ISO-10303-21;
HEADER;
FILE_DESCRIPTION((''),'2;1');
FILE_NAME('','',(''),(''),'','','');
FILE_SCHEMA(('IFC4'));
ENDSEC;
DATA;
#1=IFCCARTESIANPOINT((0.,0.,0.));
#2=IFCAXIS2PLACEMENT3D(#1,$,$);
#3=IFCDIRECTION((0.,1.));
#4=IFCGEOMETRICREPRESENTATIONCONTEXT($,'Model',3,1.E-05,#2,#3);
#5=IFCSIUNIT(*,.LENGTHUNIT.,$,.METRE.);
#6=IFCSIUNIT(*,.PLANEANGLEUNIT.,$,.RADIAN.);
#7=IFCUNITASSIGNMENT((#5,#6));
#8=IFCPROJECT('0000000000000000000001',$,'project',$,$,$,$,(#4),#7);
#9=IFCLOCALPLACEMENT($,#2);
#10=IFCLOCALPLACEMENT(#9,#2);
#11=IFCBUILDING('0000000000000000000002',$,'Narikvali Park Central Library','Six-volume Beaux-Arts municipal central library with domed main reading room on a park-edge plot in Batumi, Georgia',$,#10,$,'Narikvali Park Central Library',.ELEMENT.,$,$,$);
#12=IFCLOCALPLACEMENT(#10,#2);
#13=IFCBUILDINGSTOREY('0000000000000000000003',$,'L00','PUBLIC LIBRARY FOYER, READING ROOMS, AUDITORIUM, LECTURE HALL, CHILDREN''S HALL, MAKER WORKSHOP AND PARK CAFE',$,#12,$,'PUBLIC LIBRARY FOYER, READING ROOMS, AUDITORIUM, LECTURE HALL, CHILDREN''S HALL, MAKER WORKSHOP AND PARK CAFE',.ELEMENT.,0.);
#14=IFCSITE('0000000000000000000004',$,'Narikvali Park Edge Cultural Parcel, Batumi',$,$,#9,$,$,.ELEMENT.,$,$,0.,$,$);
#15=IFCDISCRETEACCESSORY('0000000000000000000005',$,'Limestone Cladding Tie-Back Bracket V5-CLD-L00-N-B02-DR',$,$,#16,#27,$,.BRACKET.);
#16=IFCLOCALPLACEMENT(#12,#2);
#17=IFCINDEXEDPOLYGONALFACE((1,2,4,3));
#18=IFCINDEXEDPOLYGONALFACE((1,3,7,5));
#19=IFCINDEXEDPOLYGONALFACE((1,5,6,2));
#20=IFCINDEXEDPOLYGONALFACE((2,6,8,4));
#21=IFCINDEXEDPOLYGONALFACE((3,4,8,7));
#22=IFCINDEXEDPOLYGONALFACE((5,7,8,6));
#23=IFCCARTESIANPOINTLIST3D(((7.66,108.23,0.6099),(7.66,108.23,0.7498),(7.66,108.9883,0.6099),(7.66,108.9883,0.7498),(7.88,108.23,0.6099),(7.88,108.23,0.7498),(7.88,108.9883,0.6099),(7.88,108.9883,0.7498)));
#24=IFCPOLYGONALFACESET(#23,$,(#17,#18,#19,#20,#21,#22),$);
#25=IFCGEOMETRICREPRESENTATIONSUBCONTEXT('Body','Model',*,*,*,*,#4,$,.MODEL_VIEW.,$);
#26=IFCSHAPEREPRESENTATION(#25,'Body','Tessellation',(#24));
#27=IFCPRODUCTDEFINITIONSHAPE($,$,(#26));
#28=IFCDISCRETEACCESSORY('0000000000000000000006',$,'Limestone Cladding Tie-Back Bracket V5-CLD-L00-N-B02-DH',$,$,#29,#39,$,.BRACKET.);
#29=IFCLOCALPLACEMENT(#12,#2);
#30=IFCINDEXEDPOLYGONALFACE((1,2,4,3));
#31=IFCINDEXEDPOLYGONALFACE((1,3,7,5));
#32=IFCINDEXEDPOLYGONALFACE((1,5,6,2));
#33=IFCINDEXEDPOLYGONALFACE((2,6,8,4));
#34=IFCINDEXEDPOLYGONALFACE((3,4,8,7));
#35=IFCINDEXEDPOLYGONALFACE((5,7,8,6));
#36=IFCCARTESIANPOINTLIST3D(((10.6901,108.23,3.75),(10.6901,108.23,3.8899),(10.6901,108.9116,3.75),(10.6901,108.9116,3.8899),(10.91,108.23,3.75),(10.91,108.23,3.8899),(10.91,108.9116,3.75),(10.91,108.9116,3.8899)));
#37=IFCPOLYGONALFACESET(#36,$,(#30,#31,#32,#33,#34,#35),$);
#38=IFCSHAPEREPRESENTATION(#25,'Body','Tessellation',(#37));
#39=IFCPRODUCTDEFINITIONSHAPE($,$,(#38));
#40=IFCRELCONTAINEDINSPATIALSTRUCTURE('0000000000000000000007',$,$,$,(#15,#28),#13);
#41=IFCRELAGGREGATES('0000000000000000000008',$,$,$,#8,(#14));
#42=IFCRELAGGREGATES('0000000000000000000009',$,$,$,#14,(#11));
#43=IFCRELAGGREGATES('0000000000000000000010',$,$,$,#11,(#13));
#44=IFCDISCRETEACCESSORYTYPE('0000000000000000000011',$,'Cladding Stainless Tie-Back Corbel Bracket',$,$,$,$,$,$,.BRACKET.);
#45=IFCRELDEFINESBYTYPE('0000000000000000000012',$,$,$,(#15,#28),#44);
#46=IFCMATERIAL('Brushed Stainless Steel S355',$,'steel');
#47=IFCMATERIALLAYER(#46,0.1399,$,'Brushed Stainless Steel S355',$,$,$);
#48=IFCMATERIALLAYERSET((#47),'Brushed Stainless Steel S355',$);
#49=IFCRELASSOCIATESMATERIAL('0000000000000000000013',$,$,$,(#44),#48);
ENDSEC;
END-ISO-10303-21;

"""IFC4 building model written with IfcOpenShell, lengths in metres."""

from ifc_helpers import new_model, si_unit, direction, frame, origin, origin_2d, place, context, subcontext, project, spatial, rectangle, extrude, material, layer, layer_set, type_object, element, save


model = new_model("IFC4")

# Units and contexts
model_context = context("Model", 3, precision=1e-05, world=origin(), true_north=direction((0.0, 1.0)))
body_context = subcontext(model_context, "Body", "Model", "MODEL_VIEW")
ifc_project = project(units=[si_unit("LENGTHUNIT", "METRE"), si_unit("PLANEANGLEUNIT", "RADIAN")], contexts=[model_context])

# Site, building, storey
site_placement = place(None, origin())
site = spatial("IfcSite", under=ifc_project, at=site_placement, Name="Narikvali Park Edge Cultural Parcel, Batumi", CompositionType="ELEMENT", RefElevation=0.0)
building_placement = place(site_placement, origin())
building = spatial("IfcBuilding", under=site, at=building_placement, Name="Narikvali Park Central Library", Description="Six-volume Beaux-Arts municipal central library with domed main reading room on a park-edge plot in Batumi, Georgia", LongName="Narikvali Park Central Library", CompositionType="ELEMENT")
storey_placement = place(building_placement, origin())
storey = spatial("IfcBuildingStorey", under=building, at=storey_placement, Name="L00", Description="PUBLIC LIBRARY FOYER, READING ROOMS, AUDITORIUM, LECTURE HALL, CHILDREN'S HALL, MAKER WORKSHOP AND PARK CAFE", LongName="PUBLIC LIBRARY FOYER, READING ROOMS, AUDITORIUM, LECTURE HALL, CHILDREN'S HALL, MAKER WORKSHOP AND PARK CAFE", CompositionType="ELEMENT", Elevation=0.0)

# Shared definitions
ifc_material_1 = material(Name="Brushed Stainless Steel S355", Category="steel")

# Discrete accessories
ifc_layer_1 = layer(ifc_material_1, 0.1399, Name="Brushed Stainless Steel S355")
ifc_layer_set_1 = layer_set([ifc_layer_1], Name="Brushed Stainless Steel S355")
discrete_accessory_type = type_object("IfcDiscreteAccessoryType", Name="Cladding Stainless Tie-Back Corbel Bracket", PredefinedType="BRACKET", material=ifc_layer_set_1)
for number, where, z_axis, x_axis, name in (
    (1, (7.77, 108.6091, 0.6099), (0.0, 0.0, 1.0), (1.0, 0.0, 0.0), "Limestone Cladding Tie-Back Bracket V5-CLD-L00-N-B02-DR"),
):
    element("IfcDiscreteAccessory", number, at=place(storey_placement, frame(where, z_axis=z_axis, x_axis=x_axis)), inside=storey, type_object=discrete_accessory_type, Name=name, PredefinedType="BRACKET", context=body_context, shape_type="SweptSolid", body=[
        extrude(rectangle(XDim=0.22, YDim=0.7583, at=origin_2d()), origin(), (0.0, 0.0, 1.0), 0.1399),
    ])
discrete_accessory_1_placement = place(storey_placement, frame((10.8, 108.5708, 3.75), z_axis=(0.0, 0.0, 1.0), x_axis=(1.0, 0.0, 0.0)))
element("IfcDiscreteAccessory", 2, at=discrete_accessory_1_placement, inside=storey, type_object=discrete_accessory_type, Name="Limestone Cladding Tie-Back Bracket V5-CLD-L00-N-B02-DH", PredefinedType="BRACKET", context=body_context, shape_type="SweptSolid", body=[
    extrude(rectangle(XDim=0.22, YDim=0.6816, at=origin_2d()), origin(), (0.0, 0.0, 1.0), 0.1399),
])

save(model, "model.ifc")
